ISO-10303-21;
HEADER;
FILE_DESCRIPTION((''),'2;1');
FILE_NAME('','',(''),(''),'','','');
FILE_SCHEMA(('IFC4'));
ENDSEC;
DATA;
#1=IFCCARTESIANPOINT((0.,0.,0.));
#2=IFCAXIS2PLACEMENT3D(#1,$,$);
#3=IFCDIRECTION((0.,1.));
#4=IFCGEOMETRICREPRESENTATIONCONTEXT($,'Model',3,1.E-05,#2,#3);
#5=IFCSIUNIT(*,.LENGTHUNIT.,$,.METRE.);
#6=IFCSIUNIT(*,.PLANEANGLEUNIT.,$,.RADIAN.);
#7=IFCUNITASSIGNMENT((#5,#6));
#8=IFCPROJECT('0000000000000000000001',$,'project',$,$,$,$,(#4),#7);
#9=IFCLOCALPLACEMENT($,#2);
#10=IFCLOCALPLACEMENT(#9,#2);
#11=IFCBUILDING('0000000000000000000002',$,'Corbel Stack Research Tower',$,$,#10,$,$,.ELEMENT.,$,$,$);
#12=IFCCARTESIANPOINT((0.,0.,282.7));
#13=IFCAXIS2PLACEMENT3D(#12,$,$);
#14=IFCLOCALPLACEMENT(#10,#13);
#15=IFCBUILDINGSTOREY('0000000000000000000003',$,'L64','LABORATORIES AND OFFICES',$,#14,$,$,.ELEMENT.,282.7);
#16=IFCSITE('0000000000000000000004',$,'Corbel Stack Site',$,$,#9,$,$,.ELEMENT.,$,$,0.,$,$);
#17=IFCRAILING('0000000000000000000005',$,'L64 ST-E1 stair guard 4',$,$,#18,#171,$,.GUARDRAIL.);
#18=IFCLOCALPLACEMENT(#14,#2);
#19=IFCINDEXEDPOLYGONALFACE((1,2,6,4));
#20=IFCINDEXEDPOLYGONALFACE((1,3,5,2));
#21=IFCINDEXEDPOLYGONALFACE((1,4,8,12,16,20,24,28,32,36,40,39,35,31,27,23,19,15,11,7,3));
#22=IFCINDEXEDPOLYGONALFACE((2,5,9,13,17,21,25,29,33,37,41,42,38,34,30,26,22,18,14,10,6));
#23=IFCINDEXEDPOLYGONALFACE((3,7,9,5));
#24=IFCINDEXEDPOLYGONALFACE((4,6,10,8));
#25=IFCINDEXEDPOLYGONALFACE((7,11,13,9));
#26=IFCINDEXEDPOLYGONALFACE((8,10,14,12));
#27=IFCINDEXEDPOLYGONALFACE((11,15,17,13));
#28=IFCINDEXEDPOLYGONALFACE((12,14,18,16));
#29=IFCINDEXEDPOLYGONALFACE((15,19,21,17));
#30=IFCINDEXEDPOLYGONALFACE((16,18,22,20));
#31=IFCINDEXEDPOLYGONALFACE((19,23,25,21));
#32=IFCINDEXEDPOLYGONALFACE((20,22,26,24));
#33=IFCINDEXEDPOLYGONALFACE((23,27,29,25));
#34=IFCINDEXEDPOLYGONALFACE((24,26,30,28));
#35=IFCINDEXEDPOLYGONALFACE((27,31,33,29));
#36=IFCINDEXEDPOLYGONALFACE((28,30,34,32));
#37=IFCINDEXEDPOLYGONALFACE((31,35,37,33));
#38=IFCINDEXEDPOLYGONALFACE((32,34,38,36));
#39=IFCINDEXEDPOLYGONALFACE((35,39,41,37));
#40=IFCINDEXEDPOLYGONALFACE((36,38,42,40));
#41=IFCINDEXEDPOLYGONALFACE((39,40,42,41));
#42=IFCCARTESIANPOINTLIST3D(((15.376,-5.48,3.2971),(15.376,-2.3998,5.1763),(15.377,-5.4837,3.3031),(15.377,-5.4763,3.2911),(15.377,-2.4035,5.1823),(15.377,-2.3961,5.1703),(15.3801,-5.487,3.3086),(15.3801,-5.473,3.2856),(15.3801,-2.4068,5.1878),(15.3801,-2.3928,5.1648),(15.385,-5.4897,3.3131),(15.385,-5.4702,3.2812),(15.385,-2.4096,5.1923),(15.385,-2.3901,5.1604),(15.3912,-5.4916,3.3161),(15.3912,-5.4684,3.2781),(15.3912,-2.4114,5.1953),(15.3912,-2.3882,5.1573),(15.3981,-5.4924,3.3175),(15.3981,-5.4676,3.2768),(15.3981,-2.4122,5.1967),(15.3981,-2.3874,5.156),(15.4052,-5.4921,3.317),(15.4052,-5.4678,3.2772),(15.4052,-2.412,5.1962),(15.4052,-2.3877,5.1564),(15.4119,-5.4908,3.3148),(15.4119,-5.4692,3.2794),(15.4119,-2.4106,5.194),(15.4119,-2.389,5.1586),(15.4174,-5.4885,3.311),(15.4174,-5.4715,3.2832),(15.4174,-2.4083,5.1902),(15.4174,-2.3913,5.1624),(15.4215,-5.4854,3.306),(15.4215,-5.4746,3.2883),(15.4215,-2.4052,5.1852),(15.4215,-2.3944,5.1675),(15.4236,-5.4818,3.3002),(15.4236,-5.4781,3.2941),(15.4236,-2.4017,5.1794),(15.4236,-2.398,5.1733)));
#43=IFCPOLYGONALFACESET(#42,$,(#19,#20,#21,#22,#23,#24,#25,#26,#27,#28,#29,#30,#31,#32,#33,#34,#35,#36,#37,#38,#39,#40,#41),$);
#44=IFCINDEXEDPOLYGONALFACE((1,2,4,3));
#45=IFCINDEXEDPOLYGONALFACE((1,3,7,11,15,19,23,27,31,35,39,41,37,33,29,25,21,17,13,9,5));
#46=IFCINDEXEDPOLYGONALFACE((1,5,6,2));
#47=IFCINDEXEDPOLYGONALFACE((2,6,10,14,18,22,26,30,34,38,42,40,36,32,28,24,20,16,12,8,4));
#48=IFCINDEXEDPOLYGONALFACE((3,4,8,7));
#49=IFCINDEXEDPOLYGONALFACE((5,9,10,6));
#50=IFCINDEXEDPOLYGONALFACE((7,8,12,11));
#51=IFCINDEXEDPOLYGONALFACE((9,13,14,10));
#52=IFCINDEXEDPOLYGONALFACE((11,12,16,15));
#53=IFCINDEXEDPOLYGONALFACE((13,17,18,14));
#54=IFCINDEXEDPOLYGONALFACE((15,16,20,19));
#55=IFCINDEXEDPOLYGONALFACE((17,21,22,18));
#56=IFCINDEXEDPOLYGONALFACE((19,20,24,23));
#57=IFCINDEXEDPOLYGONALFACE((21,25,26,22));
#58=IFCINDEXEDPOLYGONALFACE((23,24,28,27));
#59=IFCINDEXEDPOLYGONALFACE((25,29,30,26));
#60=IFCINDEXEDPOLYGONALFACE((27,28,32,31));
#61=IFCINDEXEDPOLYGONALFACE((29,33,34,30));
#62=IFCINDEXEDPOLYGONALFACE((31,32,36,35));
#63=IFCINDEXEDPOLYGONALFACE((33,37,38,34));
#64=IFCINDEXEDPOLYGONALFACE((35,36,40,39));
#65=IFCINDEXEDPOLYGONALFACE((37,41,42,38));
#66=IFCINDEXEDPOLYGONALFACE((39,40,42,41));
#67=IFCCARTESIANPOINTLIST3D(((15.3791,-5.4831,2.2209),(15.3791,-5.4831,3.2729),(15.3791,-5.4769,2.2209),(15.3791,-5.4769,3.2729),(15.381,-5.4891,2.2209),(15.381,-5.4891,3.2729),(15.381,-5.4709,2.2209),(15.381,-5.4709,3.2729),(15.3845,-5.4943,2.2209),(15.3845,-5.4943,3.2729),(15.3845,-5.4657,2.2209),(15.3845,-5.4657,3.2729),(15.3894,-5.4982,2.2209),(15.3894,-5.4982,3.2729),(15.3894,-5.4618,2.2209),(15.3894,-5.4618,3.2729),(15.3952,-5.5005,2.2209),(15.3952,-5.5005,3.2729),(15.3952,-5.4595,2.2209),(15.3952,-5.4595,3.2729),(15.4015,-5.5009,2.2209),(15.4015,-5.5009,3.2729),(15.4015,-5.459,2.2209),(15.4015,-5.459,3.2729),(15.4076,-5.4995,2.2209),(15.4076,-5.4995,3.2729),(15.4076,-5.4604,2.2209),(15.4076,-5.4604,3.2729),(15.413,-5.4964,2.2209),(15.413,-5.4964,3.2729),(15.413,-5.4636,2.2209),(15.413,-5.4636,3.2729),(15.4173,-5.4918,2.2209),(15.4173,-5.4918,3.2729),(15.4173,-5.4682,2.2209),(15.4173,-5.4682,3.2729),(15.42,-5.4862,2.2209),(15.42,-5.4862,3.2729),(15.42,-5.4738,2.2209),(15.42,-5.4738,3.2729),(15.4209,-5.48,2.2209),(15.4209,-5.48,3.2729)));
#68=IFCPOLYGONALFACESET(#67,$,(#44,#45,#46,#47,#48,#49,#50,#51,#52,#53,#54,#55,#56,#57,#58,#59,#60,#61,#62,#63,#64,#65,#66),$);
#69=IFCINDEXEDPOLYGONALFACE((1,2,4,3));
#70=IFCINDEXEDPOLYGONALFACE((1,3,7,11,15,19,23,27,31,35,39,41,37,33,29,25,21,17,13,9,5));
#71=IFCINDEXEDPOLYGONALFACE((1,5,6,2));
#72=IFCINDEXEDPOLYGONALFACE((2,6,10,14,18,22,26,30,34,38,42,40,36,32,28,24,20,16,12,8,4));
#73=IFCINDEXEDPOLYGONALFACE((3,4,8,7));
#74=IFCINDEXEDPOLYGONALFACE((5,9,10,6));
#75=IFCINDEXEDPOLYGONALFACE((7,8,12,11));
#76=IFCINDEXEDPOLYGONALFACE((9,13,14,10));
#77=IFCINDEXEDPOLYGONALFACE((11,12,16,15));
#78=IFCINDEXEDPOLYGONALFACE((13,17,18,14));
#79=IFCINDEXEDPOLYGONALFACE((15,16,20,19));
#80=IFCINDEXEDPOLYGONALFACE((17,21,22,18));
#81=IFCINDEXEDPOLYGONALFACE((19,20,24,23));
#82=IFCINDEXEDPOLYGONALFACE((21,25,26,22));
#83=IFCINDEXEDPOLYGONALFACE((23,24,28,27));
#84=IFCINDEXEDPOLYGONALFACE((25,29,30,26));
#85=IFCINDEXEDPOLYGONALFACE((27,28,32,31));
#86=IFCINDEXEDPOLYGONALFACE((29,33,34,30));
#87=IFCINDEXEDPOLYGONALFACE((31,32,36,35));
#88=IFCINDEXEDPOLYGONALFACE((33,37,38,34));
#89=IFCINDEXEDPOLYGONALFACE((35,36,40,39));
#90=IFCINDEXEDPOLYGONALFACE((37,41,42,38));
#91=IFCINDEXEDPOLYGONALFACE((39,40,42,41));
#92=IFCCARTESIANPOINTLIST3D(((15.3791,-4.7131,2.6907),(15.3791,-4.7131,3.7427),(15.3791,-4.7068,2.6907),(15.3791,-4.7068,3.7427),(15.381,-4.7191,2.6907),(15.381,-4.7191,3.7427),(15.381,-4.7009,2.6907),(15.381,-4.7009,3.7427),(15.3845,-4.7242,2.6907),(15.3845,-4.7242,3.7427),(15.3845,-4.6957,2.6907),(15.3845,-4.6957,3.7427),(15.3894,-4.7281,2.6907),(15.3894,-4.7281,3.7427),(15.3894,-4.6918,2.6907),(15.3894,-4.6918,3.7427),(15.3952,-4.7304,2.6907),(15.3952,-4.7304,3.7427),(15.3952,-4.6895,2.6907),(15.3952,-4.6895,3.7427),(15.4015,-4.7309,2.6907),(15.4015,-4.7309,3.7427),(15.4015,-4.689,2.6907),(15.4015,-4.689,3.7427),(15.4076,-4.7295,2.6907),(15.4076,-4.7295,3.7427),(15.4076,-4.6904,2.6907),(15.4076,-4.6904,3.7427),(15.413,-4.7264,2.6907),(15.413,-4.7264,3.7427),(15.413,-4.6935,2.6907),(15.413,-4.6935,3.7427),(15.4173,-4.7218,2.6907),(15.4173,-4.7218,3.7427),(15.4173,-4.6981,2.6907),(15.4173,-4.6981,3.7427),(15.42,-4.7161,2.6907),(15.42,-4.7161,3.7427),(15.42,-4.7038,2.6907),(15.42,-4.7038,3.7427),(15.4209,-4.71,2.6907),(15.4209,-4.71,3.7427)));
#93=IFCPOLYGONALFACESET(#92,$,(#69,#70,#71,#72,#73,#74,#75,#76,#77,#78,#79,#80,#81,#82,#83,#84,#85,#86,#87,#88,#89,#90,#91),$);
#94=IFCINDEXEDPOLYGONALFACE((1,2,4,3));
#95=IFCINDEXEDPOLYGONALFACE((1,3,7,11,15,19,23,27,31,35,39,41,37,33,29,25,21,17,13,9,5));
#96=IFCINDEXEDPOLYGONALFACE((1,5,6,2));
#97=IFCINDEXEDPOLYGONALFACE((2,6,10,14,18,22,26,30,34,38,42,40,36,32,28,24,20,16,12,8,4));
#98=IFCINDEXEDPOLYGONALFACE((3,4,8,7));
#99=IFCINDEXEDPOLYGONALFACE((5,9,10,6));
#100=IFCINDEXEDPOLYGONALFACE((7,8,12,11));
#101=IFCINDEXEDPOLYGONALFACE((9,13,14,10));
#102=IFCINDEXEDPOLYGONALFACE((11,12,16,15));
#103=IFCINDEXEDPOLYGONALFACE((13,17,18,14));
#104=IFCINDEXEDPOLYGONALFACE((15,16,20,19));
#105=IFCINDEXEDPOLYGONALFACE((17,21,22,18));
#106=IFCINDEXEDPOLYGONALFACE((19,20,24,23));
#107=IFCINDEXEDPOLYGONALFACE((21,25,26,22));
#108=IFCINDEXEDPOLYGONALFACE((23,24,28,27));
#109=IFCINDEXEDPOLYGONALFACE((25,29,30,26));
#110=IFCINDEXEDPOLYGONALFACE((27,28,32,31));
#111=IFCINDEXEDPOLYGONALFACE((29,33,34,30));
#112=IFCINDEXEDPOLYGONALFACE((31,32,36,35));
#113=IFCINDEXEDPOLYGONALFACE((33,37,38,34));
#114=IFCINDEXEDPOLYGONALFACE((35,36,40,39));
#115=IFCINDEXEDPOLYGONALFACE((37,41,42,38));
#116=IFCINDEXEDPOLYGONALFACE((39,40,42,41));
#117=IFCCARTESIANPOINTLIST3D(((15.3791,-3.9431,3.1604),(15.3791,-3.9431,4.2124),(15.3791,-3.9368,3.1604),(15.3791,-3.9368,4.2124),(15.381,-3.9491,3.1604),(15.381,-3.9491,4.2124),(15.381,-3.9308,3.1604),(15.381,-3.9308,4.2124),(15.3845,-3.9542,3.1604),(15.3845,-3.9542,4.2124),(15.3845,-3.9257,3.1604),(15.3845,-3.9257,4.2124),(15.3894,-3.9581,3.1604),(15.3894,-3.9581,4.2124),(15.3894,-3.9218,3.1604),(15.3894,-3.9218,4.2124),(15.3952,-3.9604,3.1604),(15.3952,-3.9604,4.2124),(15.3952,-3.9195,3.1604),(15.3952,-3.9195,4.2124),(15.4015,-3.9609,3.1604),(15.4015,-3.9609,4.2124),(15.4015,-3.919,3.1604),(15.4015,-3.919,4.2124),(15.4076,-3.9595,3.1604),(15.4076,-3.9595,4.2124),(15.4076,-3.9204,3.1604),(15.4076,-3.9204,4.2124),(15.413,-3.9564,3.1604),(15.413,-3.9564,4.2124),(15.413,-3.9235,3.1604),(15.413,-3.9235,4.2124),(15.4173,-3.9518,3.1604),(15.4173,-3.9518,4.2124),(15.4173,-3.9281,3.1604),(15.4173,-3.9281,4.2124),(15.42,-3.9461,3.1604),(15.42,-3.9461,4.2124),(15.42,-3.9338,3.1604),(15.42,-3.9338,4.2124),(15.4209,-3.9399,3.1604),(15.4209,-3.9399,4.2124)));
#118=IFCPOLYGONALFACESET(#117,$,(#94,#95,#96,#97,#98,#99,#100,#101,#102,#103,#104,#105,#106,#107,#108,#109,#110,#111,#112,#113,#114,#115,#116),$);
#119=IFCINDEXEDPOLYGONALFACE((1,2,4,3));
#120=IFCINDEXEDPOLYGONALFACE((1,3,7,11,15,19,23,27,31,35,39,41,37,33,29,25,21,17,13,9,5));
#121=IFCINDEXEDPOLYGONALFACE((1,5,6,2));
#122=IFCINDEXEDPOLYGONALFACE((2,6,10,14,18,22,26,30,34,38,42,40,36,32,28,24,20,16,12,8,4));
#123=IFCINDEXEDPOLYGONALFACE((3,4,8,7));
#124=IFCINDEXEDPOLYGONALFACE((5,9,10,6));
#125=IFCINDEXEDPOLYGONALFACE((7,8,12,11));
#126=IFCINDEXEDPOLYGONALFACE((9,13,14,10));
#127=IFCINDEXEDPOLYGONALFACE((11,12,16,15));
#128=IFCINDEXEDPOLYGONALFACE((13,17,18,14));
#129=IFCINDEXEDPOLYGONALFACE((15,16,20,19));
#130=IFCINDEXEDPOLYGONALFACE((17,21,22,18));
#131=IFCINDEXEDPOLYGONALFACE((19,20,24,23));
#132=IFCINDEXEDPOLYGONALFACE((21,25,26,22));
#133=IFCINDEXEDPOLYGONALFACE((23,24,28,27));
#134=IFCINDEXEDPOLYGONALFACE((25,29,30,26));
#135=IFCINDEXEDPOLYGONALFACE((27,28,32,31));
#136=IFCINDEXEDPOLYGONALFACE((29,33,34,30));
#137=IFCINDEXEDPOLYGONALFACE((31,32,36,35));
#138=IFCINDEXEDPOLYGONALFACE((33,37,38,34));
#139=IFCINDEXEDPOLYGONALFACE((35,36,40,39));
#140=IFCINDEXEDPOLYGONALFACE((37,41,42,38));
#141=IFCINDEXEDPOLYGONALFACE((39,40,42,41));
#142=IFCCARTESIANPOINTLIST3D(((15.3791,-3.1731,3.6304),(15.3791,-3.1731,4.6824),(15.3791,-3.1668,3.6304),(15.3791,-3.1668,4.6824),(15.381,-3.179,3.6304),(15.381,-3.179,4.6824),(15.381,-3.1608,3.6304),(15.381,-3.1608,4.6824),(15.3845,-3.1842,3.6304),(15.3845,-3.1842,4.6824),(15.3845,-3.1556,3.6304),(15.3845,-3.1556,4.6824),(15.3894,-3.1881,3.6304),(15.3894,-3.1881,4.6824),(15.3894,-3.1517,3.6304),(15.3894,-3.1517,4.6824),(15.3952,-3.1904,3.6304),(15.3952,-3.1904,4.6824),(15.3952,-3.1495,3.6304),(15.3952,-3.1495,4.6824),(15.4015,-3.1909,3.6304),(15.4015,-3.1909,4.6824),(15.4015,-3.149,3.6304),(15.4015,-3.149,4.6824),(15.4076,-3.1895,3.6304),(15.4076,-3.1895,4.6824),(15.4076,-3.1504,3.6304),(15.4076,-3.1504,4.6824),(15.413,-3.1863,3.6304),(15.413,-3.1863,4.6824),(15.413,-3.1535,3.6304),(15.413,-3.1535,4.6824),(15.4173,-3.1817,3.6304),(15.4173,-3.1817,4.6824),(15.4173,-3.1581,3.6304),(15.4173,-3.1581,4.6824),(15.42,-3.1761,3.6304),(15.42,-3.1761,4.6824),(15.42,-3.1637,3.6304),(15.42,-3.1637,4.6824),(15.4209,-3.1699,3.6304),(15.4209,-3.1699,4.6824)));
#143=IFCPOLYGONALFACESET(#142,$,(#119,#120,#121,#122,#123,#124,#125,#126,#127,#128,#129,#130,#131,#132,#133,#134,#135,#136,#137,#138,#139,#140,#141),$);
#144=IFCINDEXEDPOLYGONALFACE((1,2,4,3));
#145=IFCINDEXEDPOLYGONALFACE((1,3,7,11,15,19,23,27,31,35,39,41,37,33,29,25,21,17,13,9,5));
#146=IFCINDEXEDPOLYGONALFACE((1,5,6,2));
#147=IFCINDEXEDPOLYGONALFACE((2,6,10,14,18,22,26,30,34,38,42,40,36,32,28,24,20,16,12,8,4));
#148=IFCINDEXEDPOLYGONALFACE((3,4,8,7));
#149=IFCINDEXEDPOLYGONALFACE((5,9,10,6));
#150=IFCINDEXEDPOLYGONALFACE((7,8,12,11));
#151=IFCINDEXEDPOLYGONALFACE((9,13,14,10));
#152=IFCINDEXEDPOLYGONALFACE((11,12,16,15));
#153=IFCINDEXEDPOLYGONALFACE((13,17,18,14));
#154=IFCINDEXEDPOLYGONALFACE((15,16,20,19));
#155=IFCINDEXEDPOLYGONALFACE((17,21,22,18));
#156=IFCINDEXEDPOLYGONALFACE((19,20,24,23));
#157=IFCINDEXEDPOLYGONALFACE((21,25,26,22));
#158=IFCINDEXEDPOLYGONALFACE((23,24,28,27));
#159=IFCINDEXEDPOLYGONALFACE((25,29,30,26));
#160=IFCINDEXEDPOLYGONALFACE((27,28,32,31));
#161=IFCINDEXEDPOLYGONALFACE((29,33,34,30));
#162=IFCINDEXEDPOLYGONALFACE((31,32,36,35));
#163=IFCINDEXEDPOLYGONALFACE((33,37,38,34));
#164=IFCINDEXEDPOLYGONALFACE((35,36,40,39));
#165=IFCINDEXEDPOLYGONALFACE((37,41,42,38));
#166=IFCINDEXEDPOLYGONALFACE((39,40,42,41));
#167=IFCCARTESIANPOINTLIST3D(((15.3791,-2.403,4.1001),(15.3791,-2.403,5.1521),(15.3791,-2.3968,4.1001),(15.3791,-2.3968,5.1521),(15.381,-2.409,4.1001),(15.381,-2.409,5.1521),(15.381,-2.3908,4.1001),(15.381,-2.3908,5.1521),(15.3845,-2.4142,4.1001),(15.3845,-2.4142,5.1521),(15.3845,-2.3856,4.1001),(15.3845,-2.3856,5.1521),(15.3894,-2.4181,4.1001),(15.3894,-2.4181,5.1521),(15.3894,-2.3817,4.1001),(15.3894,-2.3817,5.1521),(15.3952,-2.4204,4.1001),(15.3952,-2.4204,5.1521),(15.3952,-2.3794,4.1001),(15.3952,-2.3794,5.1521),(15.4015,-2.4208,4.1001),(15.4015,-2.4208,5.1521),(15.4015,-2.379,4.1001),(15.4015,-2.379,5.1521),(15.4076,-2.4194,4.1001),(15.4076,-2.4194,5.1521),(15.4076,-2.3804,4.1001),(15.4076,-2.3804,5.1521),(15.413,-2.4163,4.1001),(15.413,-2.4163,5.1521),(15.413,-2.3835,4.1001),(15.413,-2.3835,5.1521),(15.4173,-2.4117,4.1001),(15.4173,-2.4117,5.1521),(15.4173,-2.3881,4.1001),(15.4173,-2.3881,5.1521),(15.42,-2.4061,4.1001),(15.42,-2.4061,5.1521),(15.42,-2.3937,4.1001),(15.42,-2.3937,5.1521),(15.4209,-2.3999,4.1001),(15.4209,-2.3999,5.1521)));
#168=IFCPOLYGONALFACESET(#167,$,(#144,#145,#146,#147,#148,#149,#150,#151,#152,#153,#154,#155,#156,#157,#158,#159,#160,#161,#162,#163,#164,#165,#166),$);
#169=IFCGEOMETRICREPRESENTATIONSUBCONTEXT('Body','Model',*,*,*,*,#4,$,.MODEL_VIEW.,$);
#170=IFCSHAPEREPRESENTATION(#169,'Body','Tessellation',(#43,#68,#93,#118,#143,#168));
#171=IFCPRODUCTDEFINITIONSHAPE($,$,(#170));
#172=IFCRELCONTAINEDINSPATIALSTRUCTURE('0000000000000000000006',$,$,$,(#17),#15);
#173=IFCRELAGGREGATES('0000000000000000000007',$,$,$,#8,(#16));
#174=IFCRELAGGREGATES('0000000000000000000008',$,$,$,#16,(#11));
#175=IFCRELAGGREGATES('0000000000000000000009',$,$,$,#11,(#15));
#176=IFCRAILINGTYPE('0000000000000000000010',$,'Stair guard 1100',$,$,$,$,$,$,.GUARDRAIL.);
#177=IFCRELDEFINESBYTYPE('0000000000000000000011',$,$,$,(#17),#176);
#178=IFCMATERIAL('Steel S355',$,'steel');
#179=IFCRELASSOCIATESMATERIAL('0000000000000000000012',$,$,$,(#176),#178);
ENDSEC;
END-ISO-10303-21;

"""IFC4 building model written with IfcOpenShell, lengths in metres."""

from ifc_helpers import new_model, si_unit, direction, frame, origin, origin_2d, place, context, subcontext, project, spatial, circle, extrude, material, type_object, element, save


model = new_model("IFC4")

# Units and contexts
model_context = context("Model", 3, precision=1e-05, world=origin(), true_north=direction((0.0, 1.0)))
body_context = subcontext(model_context, "Body", "Model", "MODEL_VIEW")
ifc_project = project(units=[si_unit("LENGTHUNIT", "METRE"), si_unit("PLANEANGLEUNIT", "RADIAN")], contexts=[model_context])

# Site, building, storey
site_placement = place(None, origin())
site = spatial("IfcSite", under=ifc_project, at=site_placement, Name="Corbel Stack Site", CompositionType="ELEMENT", RefElevation=0.0)
building_placement = place(site_placement, origin())
building = spatial("IfcBuilding", under=site, at=building_placement, Name="Corbel Stack Research Tower", CompositionType="ELEMENT")
storey_placement = place(building_placement, frame((0.0, 0.0, 282.7)))
storey = spatial("IfcBuildingStorey", under=building, at=storey_placement, Name="L64", Description="LABORATORIES AND OFFICES", CompositionType="ELEMENT", Elevation=282.7)

# Railing
ifc_material_1 = material(Name="Steel S355", Category="steel")
railing_type_1 = type_object("IfcRailingType", Name="Stair guard 1100", PredefinedType="GUARDRAIL", material=ifc_material_1)
railing_1_placement = place(storey_placement, frame((15.3999, -5.48, 2.2209)))
element("IfcRailing", 1, at=railing_1_placement, inside=storey, type_object=railing_type_1, Name="L64 ST-E1 stair guard 4", PredefinedType="GUARDRAIL", context=body_context, shape_type="SweptSolid", body=[
    extrude(circle(Radius=0.0239, at=origin_2d()), frame((0.0, 0.0, 1.0762), z_axis=(0.0, 0.853666, 0.52082), x_axis=(-1.0, 0.0, 0.0)), (0.0, 0.0, 1.0), 3.6082),
    extrude(circle(Radius=0.021, at=origin_2d()), origin(), (0.0, 0.0, 1.0), 1.052),
    extrude(circle(Radius=0.021, at=origin_2d()), frame((0.0, 0.77, 0.4697)), (0.0, 0.0, 1.0), 1.052),
    extrude(circle(Radius=0.021, at=origin_2d()), frame((0.0, 1.54, 0.9395)), (0.0, 0.0, 1.0), 1.052),
    extrude(circle(Radius=0.021, at=origin_2d()), frame((0.0, 2.3101, 1.4094)), (0.0, 0.0, 1.0), 1.052),
    extrude(circle(Radius=0.021, at=origin_2d()), frame((0.0, 3.0801, 1.8792)), (0.0, 0.0, 1.0), 1.052),
])

save(model, "model.ifc")
